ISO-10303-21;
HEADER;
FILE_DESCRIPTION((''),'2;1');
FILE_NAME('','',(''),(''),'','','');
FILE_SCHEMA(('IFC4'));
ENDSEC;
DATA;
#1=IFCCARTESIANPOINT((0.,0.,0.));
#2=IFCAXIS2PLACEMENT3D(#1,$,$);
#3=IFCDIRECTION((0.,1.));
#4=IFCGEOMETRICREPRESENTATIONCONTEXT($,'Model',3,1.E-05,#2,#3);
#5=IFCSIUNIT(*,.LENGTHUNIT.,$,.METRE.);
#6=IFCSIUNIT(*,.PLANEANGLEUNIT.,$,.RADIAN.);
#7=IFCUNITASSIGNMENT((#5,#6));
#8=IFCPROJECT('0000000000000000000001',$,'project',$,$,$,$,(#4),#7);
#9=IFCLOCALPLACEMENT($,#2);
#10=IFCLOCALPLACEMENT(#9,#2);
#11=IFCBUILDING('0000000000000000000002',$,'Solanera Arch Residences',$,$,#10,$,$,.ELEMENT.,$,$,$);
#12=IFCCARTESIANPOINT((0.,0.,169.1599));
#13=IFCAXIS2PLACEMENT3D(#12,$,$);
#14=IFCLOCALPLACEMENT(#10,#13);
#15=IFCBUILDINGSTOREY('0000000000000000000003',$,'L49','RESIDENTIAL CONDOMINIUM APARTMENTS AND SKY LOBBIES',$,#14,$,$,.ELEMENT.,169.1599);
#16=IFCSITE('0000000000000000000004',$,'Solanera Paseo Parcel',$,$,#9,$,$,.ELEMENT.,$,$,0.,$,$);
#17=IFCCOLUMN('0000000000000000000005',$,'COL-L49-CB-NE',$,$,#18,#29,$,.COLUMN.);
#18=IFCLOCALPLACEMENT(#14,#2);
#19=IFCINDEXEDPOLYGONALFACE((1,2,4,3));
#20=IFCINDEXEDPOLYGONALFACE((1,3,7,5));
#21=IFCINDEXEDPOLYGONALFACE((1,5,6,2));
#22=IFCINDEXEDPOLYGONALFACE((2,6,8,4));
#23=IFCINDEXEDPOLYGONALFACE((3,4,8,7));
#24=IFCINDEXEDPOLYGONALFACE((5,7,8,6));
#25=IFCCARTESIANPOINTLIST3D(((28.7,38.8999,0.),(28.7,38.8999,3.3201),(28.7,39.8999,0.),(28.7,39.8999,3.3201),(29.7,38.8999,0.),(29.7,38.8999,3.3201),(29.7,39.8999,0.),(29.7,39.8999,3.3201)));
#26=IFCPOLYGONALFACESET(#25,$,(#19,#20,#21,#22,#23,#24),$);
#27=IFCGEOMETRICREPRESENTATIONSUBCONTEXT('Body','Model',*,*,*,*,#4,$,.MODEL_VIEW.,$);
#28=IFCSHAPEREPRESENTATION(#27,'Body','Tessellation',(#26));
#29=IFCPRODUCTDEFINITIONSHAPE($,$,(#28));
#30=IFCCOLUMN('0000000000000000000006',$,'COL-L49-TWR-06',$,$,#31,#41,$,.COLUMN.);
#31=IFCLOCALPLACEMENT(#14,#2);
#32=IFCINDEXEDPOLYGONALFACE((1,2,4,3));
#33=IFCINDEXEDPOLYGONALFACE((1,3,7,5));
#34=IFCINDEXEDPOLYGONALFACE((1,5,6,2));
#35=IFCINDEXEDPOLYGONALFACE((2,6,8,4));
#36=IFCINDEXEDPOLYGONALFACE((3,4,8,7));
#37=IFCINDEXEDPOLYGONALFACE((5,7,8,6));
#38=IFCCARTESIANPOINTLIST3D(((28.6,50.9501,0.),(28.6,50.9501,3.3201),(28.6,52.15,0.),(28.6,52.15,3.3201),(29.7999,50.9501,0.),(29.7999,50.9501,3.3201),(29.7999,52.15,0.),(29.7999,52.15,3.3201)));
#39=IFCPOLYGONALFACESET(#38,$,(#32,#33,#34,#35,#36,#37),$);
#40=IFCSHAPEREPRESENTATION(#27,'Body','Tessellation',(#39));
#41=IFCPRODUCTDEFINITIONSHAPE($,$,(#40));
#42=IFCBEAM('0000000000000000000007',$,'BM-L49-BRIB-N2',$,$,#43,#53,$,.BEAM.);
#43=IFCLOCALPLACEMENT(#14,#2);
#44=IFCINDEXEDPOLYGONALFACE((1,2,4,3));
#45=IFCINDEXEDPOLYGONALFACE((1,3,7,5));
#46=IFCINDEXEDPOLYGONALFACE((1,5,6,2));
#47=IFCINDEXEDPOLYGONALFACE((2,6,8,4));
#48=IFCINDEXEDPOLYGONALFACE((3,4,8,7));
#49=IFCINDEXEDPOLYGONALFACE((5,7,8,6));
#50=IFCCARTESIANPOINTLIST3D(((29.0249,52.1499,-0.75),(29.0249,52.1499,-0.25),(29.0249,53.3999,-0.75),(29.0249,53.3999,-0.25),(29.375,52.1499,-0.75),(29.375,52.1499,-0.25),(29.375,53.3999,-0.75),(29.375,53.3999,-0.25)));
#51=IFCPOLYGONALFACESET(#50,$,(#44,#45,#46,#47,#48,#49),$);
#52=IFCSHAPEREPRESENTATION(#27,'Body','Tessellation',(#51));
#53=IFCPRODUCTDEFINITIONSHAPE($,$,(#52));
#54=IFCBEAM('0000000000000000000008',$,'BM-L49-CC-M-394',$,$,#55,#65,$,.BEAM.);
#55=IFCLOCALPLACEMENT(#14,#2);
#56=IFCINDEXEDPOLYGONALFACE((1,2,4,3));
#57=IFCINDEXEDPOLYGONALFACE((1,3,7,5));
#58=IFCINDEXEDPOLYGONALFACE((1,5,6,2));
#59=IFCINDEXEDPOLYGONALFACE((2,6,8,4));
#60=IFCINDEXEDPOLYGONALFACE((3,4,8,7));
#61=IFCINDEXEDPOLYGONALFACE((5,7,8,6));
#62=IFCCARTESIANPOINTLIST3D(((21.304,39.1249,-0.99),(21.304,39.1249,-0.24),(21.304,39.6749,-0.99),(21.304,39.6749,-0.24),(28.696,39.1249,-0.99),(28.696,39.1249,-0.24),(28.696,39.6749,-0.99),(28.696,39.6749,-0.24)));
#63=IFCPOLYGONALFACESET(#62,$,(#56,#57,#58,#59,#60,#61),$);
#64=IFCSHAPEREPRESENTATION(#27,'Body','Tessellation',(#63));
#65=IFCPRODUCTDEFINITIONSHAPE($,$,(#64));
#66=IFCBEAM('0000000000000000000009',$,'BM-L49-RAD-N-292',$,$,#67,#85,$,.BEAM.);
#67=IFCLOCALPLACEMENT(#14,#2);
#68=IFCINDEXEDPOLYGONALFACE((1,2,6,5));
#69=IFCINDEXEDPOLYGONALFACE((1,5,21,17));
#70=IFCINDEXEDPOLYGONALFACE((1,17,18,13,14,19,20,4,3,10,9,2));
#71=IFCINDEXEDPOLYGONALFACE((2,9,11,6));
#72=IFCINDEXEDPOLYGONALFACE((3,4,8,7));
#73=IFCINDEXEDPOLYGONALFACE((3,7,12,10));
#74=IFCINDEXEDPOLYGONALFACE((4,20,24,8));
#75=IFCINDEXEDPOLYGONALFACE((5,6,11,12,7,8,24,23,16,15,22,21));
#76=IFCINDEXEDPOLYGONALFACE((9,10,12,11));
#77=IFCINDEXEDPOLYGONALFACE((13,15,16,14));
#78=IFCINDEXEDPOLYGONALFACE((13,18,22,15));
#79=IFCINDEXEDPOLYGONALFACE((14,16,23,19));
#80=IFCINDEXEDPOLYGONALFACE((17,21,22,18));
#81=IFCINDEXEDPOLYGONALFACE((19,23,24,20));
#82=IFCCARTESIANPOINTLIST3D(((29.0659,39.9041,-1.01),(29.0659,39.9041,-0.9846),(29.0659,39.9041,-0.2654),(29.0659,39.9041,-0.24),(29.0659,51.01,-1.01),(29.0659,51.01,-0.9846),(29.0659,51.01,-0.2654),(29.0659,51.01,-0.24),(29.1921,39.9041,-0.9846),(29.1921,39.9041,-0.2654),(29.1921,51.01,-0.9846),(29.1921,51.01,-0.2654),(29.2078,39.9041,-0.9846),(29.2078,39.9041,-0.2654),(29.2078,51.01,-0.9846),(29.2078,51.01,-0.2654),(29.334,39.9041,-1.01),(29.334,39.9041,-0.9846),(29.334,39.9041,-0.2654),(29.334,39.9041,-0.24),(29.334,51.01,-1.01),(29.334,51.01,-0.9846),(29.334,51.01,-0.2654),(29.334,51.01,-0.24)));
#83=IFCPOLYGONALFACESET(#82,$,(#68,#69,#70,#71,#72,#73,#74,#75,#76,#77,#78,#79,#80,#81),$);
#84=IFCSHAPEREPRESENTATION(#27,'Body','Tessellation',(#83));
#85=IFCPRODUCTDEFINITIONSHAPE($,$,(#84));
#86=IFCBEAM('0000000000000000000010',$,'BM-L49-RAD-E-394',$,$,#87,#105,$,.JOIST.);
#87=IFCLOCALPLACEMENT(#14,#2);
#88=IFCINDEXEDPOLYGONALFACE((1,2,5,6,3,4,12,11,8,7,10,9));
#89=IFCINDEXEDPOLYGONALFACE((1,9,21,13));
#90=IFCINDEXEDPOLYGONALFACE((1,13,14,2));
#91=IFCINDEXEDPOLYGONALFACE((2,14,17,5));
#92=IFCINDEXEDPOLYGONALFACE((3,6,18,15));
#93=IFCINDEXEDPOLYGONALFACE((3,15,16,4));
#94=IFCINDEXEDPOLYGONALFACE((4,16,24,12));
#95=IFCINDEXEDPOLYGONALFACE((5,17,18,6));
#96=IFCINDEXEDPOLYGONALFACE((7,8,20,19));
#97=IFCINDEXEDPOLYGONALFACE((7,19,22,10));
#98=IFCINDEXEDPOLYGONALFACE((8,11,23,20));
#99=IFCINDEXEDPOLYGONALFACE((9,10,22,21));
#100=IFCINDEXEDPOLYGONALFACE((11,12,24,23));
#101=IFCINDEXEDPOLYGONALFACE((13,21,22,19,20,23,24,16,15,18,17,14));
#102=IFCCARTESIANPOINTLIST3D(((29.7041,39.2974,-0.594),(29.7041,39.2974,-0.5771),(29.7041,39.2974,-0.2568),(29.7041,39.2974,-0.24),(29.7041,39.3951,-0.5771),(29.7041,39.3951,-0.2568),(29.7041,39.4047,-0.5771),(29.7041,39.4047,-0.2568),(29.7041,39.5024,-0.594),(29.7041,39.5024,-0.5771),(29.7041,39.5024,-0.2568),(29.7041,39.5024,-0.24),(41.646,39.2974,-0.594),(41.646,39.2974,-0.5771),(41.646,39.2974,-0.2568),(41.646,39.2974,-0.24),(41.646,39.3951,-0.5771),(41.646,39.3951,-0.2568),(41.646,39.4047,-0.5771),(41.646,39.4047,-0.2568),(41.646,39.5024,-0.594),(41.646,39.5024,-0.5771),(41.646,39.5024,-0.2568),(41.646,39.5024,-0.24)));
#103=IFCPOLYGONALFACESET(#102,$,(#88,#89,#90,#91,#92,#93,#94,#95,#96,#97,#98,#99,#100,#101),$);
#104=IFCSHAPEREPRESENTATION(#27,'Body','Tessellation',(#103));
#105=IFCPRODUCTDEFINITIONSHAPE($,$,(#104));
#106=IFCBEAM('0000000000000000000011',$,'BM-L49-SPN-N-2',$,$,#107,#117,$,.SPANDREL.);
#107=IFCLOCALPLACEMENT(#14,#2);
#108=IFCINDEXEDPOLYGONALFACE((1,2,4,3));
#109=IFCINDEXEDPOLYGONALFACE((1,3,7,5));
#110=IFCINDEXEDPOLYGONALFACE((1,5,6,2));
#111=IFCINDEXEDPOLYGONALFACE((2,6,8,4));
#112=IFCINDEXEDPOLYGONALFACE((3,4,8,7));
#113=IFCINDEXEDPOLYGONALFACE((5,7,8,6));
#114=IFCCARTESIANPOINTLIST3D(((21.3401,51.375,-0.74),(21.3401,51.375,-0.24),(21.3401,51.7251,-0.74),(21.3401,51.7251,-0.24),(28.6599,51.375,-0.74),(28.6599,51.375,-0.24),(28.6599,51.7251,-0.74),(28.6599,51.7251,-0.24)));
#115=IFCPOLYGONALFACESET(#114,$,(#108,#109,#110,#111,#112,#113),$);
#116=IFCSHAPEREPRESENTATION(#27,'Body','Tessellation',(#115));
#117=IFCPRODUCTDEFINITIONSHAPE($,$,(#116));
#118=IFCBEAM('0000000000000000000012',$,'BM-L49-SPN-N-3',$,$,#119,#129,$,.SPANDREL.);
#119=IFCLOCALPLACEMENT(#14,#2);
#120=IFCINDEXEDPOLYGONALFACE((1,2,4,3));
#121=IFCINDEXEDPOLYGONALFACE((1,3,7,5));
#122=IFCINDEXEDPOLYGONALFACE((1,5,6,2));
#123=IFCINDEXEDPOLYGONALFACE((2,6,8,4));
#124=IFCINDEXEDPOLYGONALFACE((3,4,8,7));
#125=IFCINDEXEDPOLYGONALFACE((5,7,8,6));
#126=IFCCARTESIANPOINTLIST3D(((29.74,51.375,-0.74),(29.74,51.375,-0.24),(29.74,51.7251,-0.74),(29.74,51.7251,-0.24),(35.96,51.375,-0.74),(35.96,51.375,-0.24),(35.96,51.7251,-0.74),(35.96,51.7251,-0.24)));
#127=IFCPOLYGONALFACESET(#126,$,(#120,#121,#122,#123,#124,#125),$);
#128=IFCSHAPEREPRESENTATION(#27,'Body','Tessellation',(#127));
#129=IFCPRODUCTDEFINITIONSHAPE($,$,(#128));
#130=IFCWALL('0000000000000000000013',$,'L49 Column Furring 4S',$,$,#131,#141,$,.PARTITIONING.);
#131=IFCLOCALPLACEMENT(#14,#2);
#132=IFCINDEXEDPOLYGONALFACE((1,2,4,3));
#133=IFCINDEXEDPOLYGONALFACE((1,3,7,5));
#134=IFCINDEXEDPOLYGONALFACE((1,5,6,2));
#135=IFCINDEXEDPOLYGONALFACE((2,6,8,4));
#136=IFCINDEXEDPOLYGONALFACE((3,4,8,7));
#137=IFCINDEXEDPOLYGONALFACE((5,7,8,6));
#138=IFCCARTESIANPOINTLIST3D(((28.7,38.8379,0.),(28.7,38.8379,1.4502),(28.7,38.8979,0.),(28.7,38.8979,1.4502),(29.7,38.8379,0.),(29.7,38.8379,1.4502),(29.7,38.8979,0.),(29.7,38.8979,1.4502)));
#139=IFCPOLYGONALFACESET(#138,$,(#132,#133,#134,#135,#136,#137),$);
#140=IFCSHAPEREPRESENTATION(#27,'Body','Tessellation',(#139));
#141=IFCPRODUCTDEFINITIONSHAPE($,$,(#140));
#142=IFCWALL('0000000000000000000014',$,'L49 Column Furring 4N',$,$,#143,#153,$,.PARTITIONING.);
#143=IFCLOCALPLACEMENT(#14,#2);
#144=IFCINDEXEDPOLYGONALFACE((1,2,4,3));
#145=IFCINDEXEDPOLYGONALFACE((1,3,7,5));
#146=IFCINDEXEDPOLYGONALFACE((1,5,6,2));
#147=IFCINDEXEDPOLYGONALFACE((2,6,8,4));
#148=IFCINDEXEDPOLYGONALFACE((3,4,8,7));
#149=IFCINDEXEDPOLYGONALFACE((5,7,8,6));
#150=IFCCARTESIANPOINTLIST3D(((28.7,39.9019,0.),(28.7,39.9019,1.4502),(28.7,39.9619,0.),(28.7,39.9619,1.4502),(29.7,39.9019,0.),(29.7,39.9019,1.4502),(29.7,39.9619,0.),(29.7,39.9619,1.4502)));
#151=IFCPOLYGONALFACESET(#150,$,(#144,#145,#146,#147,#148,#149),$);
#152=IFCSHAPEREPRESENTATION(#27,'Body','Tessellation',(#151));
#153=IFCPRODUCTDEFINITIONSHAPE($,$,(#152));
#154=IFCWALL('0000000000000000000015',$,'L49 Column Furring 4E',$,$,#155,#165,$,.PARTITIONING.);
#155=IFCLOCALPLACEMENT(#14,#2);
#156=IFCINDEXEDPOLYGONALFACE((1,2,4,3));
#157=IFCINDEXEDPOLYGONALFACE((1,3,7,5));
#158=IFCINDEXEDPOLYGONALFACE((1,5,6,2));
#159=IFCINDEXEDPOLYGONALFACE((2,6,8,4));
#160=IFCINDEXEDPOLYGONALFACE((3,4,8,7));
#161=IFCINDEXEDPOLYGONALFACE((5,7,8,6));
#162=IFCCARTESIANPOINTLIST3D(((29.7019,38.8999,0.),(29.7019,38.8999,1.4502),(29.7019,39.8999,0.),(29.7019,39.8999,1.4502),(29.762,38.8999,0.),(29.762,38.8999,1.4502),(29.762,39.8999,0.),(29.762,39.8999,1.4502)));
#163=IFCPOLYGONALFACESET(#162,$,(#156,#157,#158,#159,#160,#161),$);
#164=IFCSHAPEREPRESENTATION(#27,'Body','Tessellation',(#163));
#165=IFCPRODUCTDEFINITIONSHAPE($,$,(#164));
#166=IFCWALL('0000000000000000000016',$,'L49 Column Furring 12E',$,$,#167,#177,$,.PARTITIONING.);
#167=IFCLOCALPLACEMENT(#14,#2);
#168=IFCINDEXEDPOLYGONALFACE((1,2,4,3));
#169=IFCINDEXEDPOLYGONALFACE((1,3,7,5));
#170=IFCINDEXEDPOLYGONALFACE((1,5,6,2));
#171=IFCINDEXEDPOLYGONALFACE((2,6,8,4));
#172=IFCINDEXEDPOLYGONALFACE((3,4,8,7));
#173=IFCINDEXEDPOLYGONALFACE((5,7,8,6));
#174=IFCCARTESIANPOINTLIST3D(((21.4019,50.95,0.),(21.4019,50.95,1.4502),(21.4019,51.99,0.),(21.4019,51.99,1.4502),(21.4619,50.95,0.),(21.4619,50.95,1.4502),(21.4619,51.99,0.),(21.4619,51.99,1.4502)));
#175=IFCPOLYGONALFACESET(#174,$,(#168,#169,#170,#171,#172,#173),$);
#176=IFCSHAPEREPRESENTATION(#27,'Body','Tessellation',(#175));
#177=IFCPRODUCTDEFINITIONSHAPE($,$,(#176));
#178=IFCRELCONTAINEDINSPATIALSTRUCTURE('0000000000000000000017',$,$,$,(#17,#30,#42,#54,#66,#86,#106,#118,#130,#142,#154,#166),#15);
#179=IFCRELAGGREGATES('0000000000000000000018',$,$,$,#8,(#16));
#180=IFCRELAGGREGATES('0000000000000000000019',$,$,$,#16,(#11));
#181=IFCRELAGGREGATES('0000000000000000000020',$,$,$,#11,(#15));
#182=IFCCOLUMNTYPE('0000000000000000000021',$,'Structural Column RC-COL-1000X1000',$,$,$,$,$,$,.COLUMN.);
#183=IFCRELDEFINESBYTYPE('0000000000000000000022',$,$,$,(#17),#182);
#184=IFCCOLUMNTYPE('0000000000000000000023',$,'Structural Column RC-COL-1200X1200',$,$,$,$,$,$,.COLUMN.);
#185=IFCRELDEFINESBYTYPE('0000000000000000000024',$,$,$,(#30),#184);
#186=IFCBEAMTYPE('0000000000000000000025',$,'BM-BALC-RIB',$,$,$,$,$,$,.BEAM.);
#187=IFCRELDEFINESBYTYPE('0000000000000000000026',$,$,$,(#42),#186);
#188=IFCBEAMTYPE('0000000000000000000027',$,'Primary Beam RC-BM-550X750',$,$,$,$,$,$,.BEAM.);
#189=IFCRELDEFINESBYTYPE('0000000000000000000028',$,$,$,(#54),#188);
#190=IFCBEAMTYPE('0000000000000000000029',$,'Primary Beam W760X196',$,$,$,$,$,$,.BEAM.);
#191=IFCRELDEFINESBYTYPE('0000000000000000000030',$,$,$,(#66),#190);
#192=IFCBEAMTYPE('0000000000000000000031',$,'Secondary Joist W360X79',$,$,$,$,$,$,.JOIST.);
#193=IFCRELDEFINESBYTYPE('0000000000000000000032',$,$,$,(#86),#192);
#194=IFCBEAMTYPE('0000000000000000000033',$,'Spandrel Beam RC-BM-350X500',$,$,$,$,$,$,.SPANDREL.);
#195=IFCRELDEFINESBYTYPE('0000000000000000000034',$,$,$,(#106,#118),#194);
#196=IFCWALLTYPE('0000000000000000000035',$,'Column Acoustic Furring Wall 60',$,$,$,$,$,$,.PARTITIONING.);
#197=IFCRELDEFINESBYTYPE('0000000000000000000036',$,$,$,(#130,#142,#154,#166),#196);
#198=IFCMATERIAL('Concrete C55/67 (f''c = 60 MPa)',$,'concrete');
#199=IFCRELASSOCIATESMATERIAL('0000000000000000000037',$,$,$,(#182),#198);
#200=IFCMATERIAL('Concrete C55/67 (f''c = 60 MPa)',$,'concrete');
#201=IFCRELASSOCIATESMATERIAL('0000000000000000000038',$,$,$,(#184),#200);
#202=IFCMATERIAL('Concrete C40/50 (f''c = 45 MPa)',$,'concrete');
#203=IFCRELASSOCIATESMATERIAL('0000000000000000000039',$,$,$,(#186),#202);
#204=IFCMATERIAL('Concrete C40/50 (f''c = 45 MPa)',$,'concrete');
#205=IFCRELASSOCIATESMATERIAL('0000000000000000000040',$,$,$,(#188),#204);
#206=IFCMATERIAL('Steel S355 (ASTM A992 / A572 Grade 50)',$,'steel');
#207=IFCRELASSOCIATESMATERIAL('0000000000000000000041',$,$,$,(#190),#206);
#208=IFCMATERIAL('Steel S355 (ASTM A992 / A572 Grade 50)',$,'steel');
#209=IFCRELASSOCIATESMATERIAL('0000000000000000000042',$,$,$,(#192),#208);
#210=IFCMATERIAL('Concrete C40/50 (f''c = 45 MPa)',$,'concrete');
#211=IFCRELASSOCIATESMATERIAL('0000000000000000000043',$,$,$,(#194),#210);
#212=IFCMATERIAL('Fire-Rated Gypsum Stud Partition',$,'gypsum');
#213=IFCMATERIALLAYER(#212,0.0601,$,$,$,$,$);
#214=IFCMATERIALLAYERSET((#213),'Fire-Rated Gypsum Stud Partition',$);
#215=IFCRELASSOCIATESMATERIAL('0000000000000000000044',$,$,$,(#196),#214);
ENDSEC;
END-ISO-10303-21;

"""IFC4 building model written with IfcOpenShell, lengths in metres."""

from ifc_helpers import new_model, si_unit, direction, frame, frame_2d, origin, origin_2d, place, context, subcontext, project, spatial, rectangle, i_section, extrude, material, layer, layer_set, material_profile, profile_set, type_object, element, save


model = new_model("IFC4")

# Units and contexts
model_context = context("Model", 3, precision=1e-05, world=origin(), true_north=direction((0.0, 1.0)))
body_context = subcontext(model_context, "Body", "Model", "MODEL_VIEW")
ifc_project = project(units=[si_unit("LENGTHUNIT", "METRE"), si_unit("PLANEANGLEUNIT", "RADIAN")], contexts=[model_context])

# Site, building, storey
site_placement = place(None, origin())
site = spatial("IfcSite", under=ifc_project, at=site_placement, Name="Solanera Paseo Parcel", CompositionType="ELEMENT", RefElevation=0.0)
building_placement = place(site_placement, origin())
building = spatial("IfcBuilding", under=site, at=building_placement, Name="Solanera Arch Residences", CompositionType="ELEMENT")
storey_placement = place(building_placement, frame((0.0, 0.0, 169.1599)))
storey = spatial("IfcBuildingStorey", under=building, at=storey_placement, Name="L49", Description="RESIDENTIAL CONDOMINIUM APARTMENTS AND SKY LOBBIES", CompositionType="ELEMENT", Elevation=169.1599)

# Columns
ifc_material_1 = material(Name="Concrete C55/67 (f'c = 60 MPa)", Category="concrete")
ifc_material_profile_1 = material_profile(ifc_material_1, rectangle(XDim=1.0, YDim=1.0, at=origin_2d()))
ifc_profile_set_1 = profile_set([ifc_material_profile_1], Name="Concrete C55/67 (f'c = 60 MPa)")
column_type_1 = type_object("IfcColumnType", Name="Structural Column RC-COL-1000X1000", PredefinedType="COLUMN", material=ifc_profile_set_1)
column_1_placement = place(storey_placement, frame((29.2, 39.3999, 0.0), z_axis=(0.0, 0.0, 1.0), x_axis=(1.0, 0.0, 0.0)))
element("IfcColumn", 1, at=column_1_placement, inside=storey, type_object=column_type_1, Name="COL-L49-CB-NE", PredefinedType="COLUMN", context=body_context, shape_type="SweptSolid", body=[
    extrude(rectangle(XDim=1.0, YDim=1.0, at=origin_2d()), origin(), (0.0, 0.0, 1.0), 3.3201),
])
ifc_material_2 = material(Name="Concrete C55/67 (f'c = 60 MPa)", Category="concrete")
ifc_material_profile_2 = material_profile(ifc_material_2, rectangle(XDim=1.2, YDim=1.2, at=origin_2d()))
ifc_profile_set_2 = profile_set([ifc_material_profile_2], Name="Concrete C55/67 (f'c = 60 MPa)")
column_type_2 = type_object("IfcColumnType", Name="Structural Column RC-COL-1200X1200", PredefinedType="COLUMN", material=ifc_profile_set_2)
column_2_placement = place(storey_placement, frame((29.2, 51.55, 0.0), z_axis=(0.0, 0.0, 1.0), x_axis=(1.0, 0.0, 0.0)))
element("IfcColumn", 2, at=column_2_placement, inside=storey, type_object=column_type_2, Name="COL-L49-TWR-06", PredefinedType="COLUMN", context=body_context, shape_type="SweptSolid", body=[
    extrude(rectangle(XDim=1.2, YDim=1.2, at=origin_2d()), origin(), (0.0, 0.0, 1.0), 3.3201),
])

# Beams
ifc_material_3 = material(Name="Concrete C40/50 (f'c = 45 MPa)", Category="concrete")
ifc_material_profile_3 = material_profile(ifc_material_3, rectangle(XDim=0.3501, YDim=0.5, at=origin_2d()))
ifc_profile_set_3 = profile_set([ifc_material_profile_3], Name="Concrete C40/50 (f'c = 45 MPa)")
beam_type_1 = type_object("IfcBeamType", Name="BM-BALC-RIB", PredefinedType="BEAM", material=ifc_profile_set_3)
beam_1_placement = place(storey_placement, frame((29.2, 52.1499, -0.5), z_axis=(0.0, 1.0, 0.0), x_axis=(-1.0, 0.0, 0.0)))
element("IfcBeam", 3, at=beam_1_placement, inside=storey, type_object=beam_type_1, Name="BM-L49-BRIB-N2", PredefinedType="BEAM", context=body_context, shape_type="SweptSolid", body=[
    extrude(rectangle(XDim=0.3501, YDim=0.5, at=origin_2d()), origin(), (0.0, 0.0, 1.0), 1.25),
])
ifc_material_4 = material(Name="Concrete C40/50 (f'c = 45 MPa)", Category="concrete")
ifc_material_profile_4 = material_profile(ifc_material_4, rectangle(XDim=0.55, YDim=0.75, at=origin_2d()))
ifc_profile_set_4 = profile_set([ifc_material_profile_4], Name="Concrete C40/50 (f'c = 45 MPa)")
beam_type_2 = type_object("IfcBeamType", Name="Primary Beam RC-BM-550X750", PredefinedType="BEAM", material=ifc_profile_set_4)
beam_2_placement = place(storey_placement, frame((21.304, 39.3999, -0.615), z_axis=(1.0, 0.0, 0.0), x_axis=(0.0, 1.0, 0.0)))
element("IfcBeam", 4, at=beam_2_placement, inside=storey, type_object=beam_type_2, Name="BM-L49-CC-M-394", PredefinedType="BEAM", context=body_context, shape_type="SweptSolid", body=[
    extrude(rectangle(XDim=0.55, YDim=0.75, at=origin_2d()), origin(), (0.0, 0.0, 1.0), 7.3921),
])
ifc_material_5 = material(Name="Steel S355 (ASTM A992 / A572 Grade 50)", Category="steel")
ifc_material_profile_5 = material_profile(ifc_material_5, i_section(OverallWidth=0.2681, OverallDepth=0.77, WebThickness=0.0156, FlangeThickness=0.0254, at=origin_2d()))
ifc_profile_set_5 = profile_set([ifc_material_profile_5], Name="Steel S355 (ASTM A992 / A572 Grade 50)")
beam_type_3 = type_object("IfcBeamType", Name="Primary Beam W760X196", PredefinedType="BEAM", material=ifc_profile_set_5)
beam_3_placement = place(storey_placement, frame((29.2, 39.9041, -0.625), z_axis=(0.0, 1.0, 0.0), x_axis=(-1.0, 0.0, 0.0)))
element("IfcBeam", 5, at=beam_3_placement, inside=storey, type_object=beam_type_3, Name="BM-L49-RAD-N-292", PredefinedType="BEAM", context=body_context, shape_type="SweptSolid", body=[
    extrude(i_section(OverallWidth=0.2681, OverallDepth=0.77, WebThickness=0.0156, FlangeThickness=0.0254, at=origin_2d()), origin(), (0.0, 0.0, 1.0), 11.106),
])
ifc_material_6 = material(Name="Steel S355 (ASTM A992 / A572 Grade 50)", Category="steel")
ifc_material_profile_6 = material_profile(ifc_material_6, i_section(OverallWidth=0.2051, OverallDepth=0.354, WebThickness=0.0095, FlangeThickness=0.0168, at=origin_2d()))
ifc_profile_set_6 = profile_set([ifc_material_profile_6], Name="Steel S355 (ASTM A992 / A572 Grade 50)")
beam_type_4 = type_object("IfcBeamType", Name="Secondary Joist W360X79", PredefinedType="JOIST", material=ifc_profile_set_6)
beam_4_placement = place(storey_placement, frame((29.7041, 39.3999, -0.417), z_axis=(1.0, 0.0, 0.0), x_axis=(0.0, 1.0, 0.0)))
element("IfcBeam", 6, at=beam_4_placement, inside=storey, type_object=beam_type_4, Name="BM-L49-RAD-E-394", PredefinedType="JOIST", context=body_context, shape_type="SweptSolid", body=[
    extrude(i_section(OverallWidth=0.2051, OverallDepth=0.354, WebThickness=0.0095, FlangeThickness=0.0168, at=origin_2d()), origin(), (0.0, 0.0, 1.0), 11.9419),
])
ifc_material_7 = material(Name="Concrete C40/50 (f'c = 45 MPa)", Category="concrete")
ifc_material_profile_7 = material_profile(ifc_material_7, rectangle(XDim=0.3501, YDim=0.5, at=origin_2d()))
ifc_profile_set_7 = profile_set([ifc_material_profile_7], Name="Concrete C40/50 (f'c = 45 MPa)")
beam_type_5 = type_object("IfcBeamType", Name="Spandrel Beam RC-BM-350X500", PredefinedType="SPANDREL", material=ifc_profile_set_7)
beam_5_placement = place(storey_placement, frame((21.3401, 51.55, -0.49), z_axis=(1.0, 0.0, 0.0), x_axis=(0.0, 1.0, 0.0)))
element("IfcBeam", 7, at=beam_5_placement, inside=storey, type_object=beam_type_5, Name="BM-L49-SPN-N-2", PredefinedType="SPANDREL", context=body_context, shape_type="SweptSolid", body=[
    extrude(rectangle(XDim=0.3501, YDim=0.5, at=origin_2d()), origin(), (0.0, 0.0, 1.0), 7.3198),
])
beam_6_placement = place(storey_placement, frame((29.74, 51.55, -0.49), z_axis=(1.0, 0.0, 0.0), x_axis=(0.0, 1.0, 0.0)))
element("IfcBeam", 8, at=beam_6_placement, inside=storey, type_object=beam_type_5, Name="BM-L49-SPN-N-3", PredefinedType="SPANDREL", context=body_context, shape_type="SweptSolid", body=[
    extrude(rectangle(XDim=0.3501, YDim=0.5, at=origin_2d()), origin(), (0.0, 0.0, 1.0), 6.22),
])

# Walls
ifc_material_8 = material(Name="Fire-Rated Gypsum Stud Partition", Category="gypsum")
ifc_layer_1 = layer(ifc_material_8, 0.0601)
ifc_layer_set_1 = layer_set([ifc_layer_1], Name="Fire-Rated Gypsum Stud Partition")
wall_type_1 = type_object("IfcWallType", Name="Column Acoustic Furring Wall 60", PredefinedType="PARTITIONING", material=ifc_layer_set_1)
for number, where, z_axis, x_axis, name in (
    (9, (28.7, 38.8679, 0.0), (0.0, 0.0, 1.0), (1.0, 0.0, 0.0), "L49 Column Furring 4S"),
    (10, (28.7, 39.9319, 0.0), (0.0, 0.0, 1.0), (1.0, 0.0, 0.0), "L49 Column Furring 4N"),
    (11, (29.7319, 38.8999, 0.0), (0.0, 0.0, 1.0), (0.0, 1.0, 0.0), "L49 Column Furring 4E"),
):
    element("IfcWall", number, at=place(storey_placement, frame(where, z_axis=z_axis, x_axis=x_axis)), inside=storey, type_object=wall_type_1, Name=name, PredefinedType="PARTITIONING", context=body_context, shape_type="SweptSolid", body=[
        extrude(rectangle(XDim=1.0, YDim=0.0601, at=frame_2d((0.5, 0.0))), origin(), (0.0, 0.0, 1.0), 1.4502),
    ])
wall_1_placement = place(storey_placement, frame((21.4319, 50.95, 0.0), z_axis=(0.0, 0.0, 1.0), x_axis=(0.0, 1.0, 0.0)))
element("IfcWall", 12, at=wall_1_placement, inside=storey, type_object=wall_type_1, Name="L49 Column Furring 12E", PredefinedType="PARTITIONING", context=body_context, shape_type="SweptSolid", body=[
    extrude(rectangle(XDim=1.04, YDim=0.0601, at=frame_2d((0.52, 0.0))), origin(), (0.0, 0.0, 1.0), 1.4502),
])

save(model, "model.ifc")
